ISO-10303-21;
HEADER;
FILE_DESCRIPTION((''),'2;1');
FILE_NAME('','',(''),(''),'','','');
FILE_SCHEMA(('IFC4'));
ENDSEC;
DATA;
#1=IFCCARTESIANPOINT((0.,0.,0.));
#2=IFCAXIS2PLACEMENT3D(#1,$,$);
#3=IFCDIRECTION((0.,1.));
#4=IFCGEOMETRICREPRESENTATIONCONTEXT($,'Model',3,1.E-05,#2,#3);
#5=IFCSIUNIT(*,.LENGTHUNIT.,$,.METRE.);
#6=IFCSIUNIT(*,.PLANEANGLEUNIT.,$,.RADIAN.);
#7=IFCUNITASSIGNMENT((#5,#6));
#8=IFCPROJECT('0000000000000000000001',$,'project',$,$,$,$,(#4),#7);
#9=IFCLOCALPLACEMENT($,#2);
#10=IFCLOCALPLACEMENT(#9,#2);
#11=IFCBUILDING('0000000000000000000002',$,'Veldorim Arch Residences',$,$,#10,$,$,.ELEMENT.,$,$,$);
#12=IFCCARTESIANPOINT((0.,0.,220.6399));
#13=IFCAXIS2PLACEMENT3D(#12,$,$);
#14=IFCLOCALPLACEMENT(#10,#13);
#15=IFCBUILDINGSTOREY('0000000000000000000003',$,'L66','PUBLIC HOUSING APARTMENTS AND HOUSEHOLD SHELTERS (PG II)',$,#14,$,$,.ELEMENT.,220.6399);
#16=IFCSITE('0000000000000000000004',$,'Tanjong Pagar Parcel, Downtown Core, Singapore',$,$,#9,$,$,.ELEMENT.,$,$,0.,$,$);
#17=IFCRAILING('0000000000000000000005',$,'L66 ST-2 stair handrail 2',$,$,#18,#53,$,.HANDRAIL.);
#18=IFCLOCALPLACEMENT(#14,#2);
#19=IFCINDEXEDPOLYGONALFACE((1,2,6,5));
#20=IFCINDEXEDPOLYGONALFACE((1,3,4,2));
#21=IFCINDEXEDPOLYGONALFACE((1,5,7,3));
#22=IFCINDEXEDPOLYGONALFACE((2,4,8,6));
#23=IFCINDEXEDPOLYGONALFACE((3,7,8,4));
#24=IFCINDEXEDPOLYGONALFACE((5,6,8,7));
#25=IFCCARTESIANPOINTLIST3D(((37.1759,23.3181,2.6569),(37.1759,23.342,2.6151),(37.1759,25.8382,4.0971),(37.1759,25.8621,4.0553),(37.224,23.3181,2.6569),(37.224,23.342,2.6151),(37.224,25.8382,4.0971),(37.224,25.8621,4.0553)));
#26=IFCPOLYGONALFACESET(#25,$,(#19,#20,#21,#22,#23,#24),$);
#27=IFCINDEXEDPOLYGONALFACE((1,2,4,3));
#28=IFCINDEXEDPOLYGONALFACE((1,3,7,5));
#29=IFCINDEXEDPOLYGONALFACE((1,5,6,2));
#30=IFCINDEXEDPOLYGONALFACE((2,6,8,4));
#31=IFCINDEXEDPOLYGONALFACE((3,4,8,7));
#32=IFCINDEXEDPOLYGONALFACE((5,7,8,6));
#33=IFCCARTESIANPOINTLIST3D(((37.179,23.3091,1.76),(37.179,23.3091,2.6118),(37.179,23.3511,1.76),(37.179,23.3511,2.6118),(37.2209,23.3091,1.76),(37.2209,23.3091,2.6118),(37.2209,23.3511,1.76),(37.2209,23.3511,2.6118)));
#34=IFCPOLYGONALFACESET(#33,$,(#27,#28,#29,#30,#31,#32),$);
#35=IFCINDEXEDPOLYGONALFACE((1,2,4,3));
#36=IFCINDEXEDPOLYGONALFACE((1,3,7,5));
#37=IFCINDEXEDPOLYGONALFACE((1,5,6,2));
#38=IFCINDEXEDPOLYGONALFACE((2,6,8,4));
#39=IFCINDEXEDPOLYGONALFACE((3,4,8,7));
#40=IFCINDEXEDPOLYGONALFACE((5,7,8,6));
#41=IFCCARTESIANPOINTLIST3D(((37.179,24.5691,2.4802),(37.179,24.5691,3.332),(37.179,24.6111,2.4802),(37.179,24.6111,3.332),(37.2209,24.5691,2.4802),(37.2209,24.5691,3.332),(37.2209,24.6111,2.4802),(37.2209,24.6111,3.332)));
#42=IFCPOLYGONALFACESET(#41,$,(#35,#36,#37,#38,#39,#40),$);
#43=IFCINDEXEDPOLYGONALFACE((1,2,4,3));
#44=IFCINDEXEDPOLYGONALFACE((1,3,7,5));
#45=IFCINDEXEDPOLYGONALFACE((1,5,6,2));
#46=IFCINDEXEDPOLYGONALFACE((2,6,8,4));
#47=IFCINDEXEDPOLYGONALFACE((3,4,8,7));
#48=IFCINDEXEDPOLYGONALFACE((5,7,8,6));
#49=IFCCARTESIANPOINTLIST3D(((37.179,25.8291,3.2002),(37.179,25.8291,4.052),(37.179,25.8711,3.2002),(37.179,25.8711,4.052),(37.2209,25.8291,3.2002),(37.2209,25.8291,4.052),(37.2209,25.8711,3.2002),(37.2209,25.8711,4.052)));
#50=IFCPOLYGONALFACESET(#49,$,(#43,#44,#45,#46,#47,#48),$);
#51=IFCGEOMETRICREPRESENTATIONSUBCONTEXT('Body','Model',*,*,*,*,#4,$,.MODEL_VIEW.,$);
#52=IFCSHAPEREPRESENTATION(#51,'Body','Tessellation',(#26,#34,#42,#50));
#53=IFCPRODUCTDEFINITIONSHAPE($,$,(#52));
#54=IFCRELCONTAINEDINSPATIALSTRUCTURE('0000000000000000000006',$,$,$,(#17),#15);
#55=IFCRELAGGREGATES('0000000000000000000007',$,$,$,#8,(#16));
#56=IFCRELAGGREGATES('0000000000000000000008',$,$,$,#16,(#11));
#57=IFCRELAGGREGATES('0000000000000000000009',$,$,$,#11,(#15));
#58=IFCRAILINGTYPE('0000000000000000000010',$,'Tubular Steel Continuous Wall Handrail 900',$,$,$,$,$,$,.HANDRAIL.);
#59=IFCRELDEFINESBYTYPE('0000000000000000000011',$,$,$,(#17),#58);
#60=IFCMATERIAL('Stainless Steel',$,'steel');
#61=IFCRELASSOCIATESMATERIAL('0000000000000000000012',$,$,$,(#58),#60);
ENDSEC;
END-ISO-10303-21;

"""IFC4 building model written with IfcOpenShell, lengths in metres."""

from ifc_helpers import new_model, si_unit, direction, frame, origin, origin_2d, place, context, subcontext, project, spatial, rectangle, extrude, material, type_object, element, save


model = new_model("IFC4")

# Units and contexts
model_context = context("Model", 3, precision=1e-05, world=origin(), true_north=direction((0.0, 1.0)))
body_context = subcontext(model_context, "Body", "Model", "MODEL_VIEW")
ifc_project = project(units=[si_unit("LENGTHUNIT", "METRE"), si_unit("PLANEANGLEUNIT", "RADIAN")], contexts=[model_context])

# Site, building, storey
site_placement = place(None, origin())
site = spatial("IfcSite", under=ifc_project, at=site_placement, Name="Tanjong Pagar Parcel, Downtown Core, Singapore", CompositionType="ELEMENT", RefElevation=0.0)
building_placement = place(site_placement, origin())
building = spatial("IfcBuilding", under=site, at=building_placement, Name="Veldorim Arch Residences", CompositionType="ELEMENT")
storey_placement = place(building_placement, frame((0.0, 0.0, 220.6399)))
storey = spatial("IfcBuildingStorey", under=building, at=storey_placement, Name="L66", Description="PUBLIC HOUSING APARTMENTS AND HOUSEHOLD SHELTERS (PG II)", CompositionType="ELEMENT", Elevation=220.6399)

# Railing
ifc_material_1 = material(Name="Stainless Steel", Category="steel")
railing_type_1 = type_object("IfcRailingType", Name="Tubular Steel Continuous Wall Handrail 900", PredefinedType="HANDRAIL", material=ifc_material_1)
railing_1_placement = place(storey_placement, frame((37.2, 23.3301, 1.76)))
element("IfcRailing", 1, at=railing_1_placement, inside=storey, type_object=railing_type_1, Name="L66 ST-2 stair handrail 2", PredefinedType="HANDRAIL", context=body_context, shape_type="SweptSolid", body=[
    extrude(rectangle(XDim=0.0481, YDim=0.0481, at=origin_2d()), frame((0.0, 0.0, 0.876), z_axis=(0.0, 0.868217, 0.496184), x_axis=(-1.0, 0.0, 0.0)), (0.0, 0.0, 1.0), 2.9026),
    extrude(rectangle(XDim=0.042, YDim=0.042, at=origin_2d()), origin(), (0.0, 0.0, 1.0), 0.8518),
    extrude(rectangle(XDim=0.042, YDim=0.042, at=origin_2d()), frame((0.0, 1.26, 0.7202)), (0.0, 0.0, 1.0), 0.8518),
    extrude(rectangle(XDim=0.042, YDim=0.042, at=origin_2d()), frame((0.0, 2.52, 1.4402)), (0.0, 0.0, 1.0), 0.8518),
])

save(model, "model.ifc")
